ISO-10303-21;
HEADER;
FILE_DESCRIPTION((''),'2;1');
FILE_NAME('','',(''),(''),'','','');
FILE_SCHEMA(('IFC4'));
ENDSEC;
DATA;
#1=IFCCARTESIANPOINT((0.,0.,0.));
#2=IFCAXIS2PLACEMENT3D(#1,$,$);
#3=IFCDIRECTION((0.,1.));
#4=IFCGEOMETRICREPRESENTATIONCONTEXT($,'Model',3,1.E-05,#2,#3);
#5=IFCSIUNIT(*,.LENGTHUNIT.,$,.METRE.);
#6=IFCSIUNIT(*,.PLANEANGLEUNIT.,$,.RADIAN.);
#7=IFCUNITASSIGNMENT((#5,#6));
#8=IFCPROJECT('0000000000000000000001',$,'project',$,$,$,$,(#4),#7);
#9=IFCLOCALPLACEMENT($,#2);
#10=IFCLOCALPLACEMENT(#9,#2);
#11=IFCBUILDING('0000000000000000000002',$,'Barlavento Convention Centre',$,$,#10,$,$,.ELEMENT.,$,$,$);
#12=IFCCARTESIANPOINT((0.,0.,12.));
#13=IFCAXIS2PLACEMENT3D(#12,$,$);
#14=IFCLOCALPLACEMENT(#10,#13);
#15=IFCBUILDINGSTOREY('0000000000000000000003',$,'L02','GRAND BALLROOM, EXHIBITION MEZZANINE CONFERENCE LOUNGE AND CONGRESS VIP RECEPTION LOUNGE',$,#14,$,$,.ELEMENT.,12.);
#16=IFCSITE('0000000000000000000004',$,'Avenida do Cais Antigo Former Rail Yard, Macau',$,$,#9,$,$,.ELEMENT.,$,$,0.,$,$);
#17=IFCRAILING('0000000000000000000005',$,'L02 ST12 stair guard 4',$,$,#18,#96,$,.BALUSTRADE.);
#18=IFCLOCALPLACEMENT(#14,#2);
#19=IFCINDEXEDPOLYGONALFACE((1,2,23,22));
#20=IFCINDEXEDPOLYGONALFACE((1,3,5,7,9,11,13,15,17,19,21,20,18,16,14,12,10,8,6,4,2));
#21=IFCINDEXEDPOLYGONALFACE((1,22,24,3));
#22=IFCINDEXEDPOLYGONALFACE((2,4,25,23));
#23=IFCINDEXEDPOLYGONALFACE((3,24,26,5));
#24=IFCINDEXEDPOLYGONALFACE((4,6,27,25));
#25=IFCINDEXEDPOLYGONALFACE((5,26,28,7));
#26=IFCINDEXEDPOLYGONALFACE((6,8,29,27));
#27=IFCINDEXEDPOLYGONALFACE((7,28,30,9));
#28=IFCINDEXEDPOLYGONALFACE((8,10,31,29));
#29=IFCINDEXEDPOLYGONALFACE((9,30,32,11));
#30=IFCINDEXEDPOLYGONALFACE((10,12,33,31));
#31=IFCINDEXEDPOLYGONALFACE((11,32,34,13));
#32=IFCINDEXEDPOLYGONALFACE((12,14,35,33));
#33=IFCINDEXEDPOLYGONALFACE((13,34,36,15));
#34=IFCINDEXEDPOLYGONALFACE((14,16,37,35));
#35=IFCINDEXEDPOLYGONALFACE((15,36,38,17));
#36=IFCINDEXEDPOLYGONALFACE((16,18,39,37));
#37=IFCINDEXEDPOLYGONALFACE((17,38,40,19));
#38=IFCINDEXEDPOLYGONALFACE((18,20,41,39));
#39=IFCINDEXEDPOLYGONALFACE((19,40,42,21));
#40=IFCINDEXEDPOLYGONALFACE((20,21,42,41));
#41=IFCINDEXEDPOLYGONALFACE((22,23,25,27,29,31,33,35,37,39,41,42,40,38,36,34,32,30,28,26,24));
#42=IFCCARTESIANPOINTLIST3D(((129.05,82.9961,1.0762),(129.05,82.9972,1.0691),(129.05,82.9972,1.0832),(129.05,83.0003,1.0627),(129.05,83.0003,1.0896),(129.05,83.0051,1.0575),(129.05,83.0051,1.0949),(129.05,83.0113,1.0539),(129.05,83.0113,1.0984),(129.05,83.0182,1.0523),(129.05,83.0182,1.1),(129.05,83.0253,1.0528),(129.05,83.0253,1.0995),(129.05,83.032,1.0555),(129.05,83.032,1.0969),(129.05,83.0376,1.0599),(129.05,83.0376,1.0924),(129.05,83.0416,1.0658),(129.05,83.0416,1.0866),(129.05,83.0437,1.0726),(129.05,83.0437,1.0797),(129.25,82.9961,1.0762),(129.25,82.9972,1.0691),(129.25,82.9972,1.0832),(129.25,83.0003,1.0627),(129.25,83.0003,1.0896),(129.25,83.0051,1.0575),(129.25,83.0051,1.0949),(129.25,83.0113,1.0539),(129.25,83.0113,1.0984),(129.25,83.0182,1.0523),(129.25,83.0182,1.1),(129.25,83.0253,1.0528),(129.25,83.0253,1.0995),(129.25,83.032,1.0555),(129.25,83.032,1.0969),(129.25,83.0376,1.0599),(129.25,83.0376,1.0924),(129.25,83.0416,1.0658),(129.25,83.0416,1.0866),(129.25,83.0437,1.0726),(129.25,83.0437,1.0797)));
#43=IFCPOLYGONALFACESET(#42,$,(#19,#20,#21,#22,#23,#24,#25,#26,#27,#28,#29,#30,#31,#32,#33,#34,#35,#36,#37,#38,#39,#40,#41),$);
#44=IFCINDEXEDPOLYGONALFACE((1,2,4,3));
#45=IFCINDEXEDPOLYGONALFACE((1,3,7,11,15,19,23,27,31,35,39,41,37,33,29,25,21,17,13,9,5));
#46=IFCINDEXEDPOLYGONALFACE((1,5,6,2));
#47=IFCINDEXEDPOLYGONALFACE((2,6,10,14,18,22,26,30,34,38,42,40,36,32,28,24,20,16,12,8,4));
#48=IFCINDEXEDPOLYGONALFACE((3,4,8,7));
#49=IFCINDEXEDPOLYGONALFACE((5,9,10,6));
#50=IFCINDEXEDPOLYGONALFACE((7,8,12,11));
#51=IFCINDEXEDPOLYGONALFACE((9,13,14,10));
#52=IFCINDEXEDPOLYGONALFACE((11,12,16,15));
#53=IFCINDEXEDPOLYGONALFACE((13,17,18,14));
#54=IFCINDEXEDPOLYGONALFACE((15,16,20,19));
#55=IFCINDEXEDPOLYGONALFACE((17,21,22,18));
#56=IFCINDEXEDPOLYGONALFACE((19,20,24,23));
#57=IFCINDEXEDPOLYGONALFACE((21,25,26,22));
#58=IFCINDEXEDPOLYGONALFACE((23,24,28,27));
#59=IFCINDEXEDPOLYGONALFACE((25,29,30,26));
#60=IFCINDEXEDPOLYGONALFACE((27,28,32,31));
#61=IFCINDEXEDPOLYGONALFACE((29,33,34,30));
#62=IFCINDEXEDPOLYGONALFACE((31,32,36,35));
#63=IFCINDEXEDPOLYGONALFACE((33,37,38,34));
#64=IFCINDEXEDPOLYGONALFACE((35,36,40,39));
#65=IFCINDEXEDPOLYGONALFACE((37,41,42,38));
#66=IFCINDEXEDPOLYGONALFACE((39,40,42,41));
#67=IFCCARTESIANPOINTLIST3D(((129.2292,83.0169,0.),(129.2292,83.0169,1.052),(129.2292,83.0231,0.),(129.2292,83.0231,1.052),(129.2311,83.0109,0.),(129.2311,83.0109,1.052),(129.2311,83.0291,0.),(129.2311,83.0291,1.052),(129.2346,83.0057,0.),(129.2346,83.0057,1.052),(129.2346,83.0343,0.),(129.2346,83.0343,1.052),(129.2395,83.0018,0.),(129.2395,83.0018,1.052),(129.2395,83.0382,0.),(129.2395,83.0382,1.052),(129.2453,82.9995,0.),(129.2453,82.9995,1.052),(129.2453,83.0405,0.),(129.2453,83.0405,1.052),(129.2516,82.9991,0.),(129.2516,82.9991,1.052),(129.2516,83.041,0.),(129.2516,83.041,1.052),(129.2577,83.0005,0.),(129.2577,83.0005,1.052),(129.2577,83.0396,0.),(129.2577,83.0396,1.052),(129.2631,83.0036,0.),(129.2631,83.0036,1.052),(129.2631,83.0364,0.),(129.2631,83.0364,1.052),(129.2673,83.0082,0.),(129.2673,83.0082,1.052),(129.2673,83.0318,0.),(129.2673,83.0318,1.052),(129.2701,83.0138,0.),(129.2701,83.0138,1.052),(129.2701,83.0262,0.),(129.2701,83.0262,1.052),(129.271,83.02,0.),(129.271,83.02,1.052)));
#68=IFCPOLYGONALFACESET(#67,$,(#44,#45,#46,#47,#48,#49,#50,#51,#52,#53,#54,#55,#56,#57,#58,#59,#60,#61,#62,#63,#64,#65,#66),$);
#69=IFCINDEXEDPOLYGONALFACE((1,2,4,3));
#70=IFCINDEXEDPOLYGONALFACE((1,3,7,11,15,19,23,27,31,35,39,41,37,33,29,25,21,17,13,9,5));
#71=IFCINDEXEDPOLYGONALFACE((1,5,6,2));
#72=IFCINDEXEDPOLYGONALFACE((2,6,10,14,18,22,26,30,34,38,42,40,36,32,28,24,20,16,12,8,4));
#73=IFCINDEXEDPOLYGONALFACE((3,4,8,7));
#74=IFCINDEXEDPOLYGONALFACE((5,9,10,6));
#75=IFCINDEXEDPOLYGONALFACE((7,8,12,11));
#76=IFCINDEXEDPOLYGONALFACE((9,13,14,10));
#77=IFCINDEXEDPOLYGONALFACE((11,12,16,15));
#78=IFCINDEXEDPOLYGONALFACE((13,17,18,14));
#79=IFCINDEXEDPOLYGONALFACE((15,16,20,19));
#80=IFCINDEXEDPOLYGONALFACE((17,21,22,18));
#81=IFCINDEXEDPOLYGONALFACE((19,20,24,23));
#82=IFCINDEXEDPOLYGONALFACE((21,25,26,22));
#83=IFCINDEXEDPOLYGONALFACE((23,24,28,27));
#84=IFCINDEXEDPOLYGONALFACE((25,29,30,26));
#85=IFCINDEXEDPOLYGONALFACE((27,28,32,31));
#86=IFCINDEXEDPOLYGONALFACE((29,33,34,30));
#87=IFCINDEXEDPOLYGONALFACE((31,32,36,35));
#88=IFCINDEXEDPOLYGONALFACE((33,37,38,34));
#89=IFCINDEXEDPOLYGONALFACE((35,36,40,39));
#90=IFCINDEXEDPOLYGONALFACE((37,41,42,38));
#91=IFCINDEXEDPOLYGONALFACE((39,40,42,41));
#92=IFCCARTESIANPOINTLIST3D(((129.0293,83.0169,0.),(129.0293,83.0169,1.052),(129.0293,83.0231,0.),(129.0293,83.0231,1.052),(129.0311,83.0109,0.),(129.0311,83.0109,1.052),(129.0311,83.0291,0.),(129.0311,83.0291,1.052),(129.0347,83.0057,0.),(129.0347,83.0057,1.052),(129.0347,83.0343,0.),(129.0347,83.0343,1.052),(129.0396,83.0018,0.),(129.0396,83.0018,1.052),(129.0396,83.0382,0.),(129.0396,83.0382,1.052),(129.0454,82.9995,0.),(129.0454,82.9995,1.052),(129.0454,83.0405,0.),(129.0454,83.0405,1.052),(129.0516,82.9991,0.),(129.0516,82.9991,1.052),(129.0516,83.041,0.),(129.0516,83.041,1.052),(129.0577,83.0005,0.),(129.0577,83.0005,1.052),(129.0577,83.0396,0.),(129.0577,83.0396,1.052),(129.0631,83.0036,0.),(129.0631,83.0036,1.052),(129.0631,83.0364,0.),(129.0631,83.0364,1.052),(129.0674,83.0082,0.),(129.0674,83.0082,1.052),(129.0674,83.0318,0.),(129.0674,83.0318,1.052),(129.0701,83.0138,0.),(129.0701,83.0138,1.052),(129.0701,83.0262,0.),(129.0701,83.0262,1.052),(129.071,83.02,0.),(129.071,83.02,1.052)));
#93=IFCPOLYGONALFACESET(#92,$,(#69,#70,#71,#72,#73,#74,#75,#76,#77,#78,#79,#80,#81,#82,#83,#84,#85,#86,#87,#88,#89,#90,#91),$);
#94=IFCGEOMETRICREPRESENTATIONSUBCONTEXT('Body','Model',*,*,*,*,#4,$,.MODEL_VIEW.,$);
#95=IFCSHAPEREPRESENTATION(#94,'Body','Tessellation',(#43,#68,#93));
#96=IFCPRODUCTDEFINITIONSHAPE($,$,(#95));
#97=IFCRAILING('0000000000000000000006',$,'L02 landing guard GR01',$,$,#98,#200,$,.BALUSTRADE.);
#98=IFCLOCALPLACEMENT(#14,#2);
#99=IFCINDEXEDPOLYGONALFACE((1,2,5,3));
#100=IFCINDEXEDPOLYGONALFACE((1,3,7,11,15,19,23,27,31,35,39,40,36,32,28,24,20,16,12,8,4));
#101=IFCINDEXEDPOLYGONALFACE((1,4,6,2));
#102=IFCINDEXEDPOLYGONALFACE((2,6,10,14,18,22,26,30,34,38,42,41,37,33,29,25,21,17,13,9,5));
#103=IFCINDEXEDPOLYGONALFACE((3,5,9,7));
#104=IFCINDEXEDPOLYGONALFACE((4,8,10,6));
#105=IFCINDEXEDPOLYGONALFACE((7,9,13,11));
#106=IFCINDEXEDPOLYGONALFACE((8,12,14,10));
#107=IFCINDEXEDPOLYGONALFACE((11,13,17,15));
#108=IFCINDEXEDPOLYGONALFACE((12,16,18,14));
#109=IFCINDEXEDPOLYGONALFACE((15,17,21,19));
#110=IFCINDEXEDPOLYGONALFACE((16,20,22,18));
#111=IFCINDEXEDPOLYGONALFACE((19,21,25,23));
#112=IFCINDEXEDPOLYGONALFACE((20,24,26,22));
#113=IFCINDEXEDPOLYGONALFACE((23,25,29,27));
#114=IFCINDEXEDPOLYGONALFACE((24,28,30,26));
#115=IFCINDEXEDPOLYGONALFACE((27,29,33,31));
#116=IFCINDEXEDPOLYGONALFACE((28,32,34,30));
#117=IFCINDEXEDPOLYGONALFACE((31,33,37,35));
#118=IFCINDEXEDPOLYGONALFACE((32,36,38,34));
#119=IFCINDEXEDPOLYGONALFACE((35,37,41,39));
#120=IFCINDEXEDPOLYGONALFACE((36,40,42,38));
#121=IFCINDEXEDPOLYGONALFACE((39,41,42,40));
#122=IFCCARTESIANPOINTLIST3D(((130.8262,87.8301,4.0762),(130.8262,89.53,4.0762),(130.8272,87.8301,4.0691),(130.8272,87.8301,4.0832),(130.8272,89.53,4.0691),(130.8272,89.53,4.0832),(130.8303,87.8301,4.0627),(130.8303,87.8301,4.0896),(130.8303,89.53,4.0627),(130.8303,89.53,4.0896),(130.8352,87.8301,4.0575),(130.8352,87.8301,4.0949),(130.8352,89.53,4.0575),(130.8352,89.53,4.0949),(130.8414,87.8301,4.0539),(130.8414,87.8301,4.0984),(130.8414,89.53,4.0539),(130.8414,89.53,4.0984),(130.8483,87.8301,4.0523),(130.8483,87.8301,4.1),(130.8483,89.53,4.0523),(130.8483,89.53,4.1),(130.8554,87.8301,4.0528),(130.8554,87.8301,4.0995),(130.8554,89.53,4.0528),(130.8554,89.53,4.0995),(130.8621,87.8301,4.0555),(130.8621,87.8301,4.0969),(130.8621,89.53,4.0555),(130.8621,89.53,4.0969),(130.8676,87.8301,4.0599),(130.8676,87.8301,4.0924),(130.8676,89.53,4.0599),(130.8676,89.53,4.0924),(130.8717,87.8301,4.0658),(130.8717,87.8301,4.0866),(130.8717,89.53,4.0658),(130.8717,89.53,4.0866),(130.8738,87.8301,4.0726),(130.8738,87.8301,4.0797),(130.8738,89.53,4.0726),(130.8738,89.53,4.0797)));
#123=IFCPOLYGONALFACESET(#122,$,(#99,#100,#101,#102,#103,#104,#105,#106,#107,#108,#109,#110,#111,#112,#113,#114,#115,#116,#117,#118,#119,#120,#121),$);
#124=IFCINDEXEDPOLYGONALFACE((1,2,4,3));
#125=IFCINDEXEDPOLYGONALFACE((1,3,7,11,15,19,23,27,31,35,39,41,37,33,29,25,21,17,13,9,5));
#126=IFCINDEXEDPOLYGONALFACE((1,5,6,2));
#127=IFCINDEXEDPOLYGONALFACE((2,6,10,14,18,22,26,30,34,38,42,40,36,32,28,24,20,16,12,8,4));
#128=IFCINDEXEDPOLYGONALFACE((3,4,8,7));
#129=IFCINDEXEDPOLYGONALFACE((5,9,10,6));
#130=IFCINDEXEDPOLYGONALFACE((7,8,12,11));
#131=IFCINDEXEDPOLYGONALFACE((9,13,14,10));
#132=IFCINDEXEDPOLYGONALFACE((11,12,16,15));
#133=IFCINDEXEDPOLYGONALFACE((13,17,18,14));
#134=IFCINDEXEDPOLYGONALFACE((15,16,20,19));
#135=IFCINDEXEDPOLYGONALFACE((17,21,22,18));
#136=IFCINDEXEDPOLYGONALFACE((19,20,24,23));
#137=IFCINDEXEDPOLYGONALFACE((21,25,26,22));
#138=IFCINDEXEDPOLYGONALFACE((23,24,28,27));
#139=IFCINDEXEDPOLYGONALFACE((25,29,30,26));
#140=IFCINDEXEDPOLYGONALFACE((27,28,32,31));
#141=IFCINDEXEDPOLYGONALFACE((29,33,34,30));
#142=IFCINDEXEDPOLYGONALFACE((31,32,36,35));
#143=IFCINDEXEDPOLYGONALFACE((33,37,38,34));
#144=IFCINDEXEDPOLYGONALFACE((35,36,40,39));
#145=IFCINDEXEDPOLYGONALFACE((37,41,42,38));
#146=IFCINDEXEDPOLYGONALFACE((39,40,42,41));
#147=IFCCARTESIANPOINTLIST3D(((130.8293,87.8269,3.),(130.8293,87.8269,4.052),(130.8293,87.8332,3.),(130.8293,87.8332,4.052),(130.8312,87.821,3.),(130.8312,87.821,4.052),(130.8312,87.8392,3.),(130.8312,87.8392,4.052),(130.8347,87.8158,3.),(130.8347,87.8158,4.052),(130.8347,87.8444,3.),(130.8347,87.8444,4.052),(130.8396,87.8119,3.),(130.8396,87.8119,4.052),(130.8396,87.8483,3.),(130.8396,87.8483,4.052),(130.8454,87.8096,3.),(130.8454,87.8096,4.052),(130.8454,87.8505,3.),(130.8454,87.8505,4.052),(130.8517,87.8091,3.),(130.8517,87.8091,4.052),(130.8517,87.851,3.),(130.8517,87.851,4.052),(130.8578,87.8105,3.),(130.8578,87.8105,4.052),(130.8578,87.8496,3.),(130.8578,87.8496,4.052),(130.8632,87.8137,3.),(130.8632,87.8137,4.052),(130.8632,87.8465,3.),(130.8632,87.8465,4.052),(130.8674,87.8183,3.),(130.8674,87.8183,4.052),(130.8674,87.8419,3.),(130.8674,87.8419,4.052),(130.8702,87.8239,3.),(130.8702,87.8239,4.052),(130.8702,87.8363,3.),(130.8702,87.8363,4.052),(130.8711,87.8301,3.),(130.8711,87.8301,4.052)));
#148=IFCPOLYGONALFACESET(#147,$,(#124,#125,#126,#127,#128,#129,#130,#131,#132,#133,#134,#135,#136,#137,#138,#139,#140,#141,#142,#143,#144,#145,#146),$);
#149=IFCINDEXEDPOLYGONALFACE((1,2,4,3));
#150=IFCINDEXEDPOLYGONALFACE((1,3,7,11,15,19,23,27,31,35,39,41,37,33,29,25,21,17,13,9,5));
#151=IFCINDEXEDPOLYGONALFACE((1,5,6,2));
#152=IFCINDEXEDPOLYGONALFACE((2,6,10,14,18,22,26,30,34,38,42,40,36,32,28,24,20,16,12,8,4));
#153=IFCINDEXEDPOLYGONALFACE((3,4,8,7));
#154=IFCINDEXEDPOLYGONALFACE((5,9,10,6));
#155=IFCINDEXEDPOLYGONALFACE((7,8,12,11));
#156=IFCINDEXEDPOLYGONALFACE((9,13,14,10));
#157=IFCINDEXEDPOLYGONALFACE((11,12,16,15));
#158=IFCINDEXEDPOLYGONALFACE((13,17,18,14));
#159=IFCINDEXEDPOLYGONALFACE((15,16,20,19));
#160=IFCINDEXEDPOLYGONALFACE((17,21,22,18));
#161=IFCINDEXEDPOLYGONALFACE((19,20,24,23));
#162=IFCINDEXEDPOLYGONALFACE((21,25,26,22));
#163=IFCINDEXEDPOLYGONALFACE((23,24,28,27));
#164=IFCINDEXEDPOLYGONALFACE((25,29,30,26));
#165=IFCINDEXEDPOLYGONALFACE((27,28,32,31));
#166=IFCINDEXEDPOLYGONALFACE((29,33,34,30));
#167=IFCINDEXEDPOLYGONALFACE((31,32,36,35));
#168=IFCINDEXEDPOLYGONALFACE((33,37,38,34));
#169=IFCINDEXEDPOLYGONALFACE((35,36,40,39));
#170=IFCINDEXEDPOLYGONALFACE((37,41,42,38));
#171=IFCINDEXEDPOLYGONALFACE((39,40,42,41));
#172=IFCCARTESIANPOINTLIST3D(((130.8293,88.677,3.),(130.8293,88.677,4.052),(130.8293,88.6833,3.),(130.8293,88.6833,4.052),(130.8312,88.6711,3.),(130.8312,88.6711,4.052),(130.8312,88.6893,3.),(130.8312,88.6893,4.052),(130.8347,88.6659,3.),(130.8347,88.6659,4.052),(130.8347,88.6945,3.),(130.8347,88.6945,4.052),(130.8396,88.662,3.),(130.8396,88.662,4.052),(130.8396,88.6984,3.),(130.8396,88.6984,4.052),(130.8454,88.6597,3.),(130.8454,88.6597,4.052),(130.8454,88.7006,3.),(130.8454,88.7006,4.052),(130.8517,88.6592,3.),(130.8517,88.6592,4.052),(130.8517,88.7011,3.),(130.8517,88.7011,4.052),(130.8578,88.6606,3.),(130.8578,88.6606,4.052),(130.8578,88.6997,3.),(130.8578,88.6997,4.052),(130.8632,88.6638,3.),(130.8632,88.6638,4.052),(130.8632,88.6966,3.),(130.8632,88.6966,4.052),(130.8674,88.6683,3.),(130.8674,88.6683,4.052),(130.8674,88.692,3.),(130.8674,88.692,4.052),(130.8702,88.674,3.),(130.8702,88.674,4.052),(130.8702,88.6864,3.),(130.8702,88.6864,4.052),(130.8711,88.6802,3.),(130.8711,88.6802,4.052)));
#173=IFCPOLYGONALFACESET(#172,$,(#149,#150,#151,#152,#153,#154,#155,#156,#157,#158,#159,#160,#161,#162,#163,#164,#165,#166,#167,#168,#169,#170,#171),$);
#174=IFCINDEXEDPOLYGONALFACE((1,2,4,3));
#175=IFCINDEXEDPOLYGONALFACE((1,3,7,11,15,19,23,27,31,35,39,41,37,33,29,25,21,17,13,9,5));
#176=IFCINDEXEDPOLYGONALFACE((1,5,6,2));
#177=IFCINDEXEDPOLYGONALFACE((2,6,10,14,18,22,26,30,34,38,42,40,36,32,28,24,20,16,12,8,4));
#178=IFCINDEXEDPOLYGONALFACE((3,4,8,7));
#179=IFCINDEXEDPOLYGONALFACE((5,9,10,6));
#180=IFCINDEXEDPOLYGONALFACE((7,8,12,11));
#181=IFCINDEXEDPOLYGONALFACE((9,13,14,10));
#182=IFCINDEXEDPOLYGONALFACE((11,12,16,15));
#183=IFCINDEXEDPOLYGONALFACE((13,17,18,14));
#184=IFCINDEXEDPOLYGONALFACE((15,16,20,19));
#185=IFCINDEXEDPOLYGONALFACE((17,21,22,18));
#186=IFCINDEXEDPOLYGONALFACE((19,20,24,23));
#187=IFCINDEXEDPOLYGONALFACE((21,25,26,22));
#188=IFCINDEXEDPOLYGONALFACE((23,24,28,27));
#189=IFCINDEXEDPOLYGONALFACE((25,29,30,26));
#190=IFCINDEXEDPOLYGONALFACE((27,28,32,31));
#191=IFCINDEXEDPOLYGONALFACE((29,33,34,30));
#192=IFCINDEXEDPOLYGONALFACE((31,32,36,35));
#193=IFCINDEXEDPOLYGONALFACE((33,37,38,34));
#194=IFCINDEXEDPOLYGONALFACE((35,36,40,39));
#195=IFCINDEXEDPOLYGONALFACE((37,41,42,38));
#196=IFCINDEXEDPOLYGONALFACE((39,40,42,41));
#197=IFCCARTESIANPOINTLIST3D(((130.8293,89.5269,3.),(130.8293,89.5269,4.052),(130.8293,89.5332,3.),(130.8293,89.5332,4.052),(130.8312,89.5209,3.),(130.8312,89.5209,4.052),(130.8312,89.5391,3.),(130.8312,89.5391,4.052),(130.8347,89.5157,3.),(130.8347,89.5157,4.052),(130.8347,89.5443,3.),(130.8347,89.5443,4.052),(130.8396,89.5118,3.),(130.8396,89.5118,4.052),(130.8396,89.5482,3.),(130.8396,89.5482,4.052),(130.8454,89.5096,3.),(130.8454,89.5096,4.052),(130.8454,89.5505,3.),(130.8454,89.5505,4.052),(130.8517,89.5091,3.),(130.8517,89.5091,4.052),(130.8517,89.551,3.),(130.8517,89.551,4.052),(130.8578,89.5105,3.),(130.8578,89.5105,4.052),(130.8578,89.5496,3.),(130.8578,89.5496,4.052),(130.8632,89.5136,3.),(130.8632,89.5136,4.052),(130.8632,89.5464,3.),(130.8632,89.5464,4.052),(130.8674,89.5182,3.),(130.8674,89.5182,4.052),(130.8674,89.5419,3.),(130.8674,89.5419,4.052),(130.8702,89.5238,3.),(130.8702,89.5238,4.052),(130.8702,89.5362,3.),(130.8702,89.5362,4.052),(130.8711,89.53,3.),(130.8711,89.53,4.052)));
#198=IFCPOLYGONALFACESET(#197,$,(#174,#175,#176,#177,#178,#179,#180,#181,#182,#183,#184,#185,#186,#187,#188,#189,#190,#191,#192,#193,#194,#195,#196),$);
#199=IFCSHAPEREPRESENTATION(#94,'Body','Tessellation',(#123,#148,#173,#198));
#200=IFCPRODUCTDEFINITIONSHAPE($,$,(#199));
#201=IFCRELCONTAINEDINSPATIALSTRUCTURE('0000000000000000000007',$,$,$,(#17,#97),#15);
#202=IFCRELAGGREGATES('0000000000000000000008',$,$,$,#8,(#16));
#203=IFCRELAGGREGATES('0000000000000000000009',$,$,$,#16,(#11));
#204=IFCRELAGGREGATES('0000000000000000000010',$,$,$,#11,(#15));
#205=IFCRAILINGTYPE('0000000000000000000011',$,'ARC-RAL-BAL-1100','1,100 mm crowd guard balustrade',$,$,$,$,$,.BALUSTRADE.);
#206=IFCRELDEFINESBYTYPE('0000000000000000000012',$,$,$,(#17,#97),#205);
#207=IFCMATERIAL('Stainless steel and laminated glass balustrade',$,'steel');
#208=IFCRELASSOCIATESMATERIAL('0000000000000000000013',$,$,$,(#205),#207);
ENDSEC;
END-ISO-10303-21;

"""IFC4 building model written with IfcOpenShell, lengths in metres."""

from ifc_helpers import new_model, si_unit, direction, frame, origin, origin_2d, place, context, subcontext, project, spatial, circle, extrude, material, type_object, element, save


model = new_model("IFC4")

# Units and contexts
model_context = context("Model", 3, precision=1e-05, world=origin(), true_north=direction((0.0, 1.0)))
body_context = subcontext(model_context, "Body", "Model", "MODEL_VIEW")
ifc_project = project(units=[si_unit("LENGTHUNIT", "METRE"), si_unit("PLANEANGLEUNIT", "RADIAN")], contexts=[model_context])

# Site, building, storey
site_placement = place(None, origin())
site = spatial("IfcSite", under=ifc_project, at=site_placement, Name="Avenida do Cais Antigo Former Rail Yard, Macau", CompositionType="ELEMENT", RefElevation=0.0)
building_placement = place(site_placement, origin())
building = spatial("IfcBuilding", under=site, at=building_placement, Name="Barlavento Convention Centre", CompositionType="ELEMENT")
storey_placement = place(building_placement, frame((0.0, 0.0, 12.0)))
storey = spatial("IfcBuildingStorey", under=building, at=storey_placement, Name="L02", Description="GRAND BALLROOM, EXHIBITION MEZZANINE CONFERENCE LOUNGE AND CONGRESS VIP RECEPTION LOUNGE", CompositionType="ELEMENT", Elevation=12.0)

# Railings
ifc_material_1 = material(Name="Stainless steel and laminated glass balustrade", Category="steel")
railing_type_1 = type_object("IfcRailingType", Name="ARC-RAL-BAL-1100", Description="1,100 mm crowd guard balustrade", PredefinedType="BALUSTRADE", material=ifc_material_1)
railing_1_placement = place(storey_placement, frame((129.25, 83.02, 0.0)))
element("IfcRailing", 1, at=railing_1_placement, inside=storey, type_object=railing_type_1, Name="L02 ST12 stair guard 4", PredefinedType="BALUSTRADE", context=body_context, shape_type="SweptSolid", body=[
    extrude(circle(Radius=0.0239, at=origin_2d()), frame((0.0, 0.0, 1.0762), z_axis=(-1.0, 0.0, 0.0), x_axis=(0.0, -1.0, 0.0)), (0.0, 0.0, 1.0), 0.2),
    extrude(circle(Radius=0.021, at=origin_2d()), origin(), (0.0, 0.0, 1.0), 1.052),
    extrude(circle(Radius=0.021, at=origin_2d()), frame((-0.2, 0.0, 0.0)), (0.0, 0.0, 1.0), 1.052),
])
for number, where, name in (
    (2, (130.8501, 87.8301, 3.0), "L02 landing guard GR01"),
):
    element("IfcRailing", number, at=place(storey_placement, frame(where)), inside=storey, type_object=railing_type_1, Name=name, PredefinedType="BALUSTRADE", context=body_context, shape_type="SweptSolid", body=[
        extrude(circle(Radius=0.0239, at=origin_2d()), frame((0.0, 0.0, 1.0762), z_axis=(0.0, 1.0, 0.0), x_axis=(-1.0, 0.0, 0.0)), (0.0, 0.0, 1.0), 1.7),
        extrude(circle(Radius=0.021, at=origin_2d()), origin(), (0.0, 0.0, 1.0), 1.052),
        extrude(circle(Radius=0.021, at=origin_2d()), frame((0.0, 0.8501, 0.0)), (0.0, 0.0, 1.0), 1.052),
        extrude(circle(Radius=0.021, at=origin_2d()), frame((0.0, 1.7, 0.0)), (0.0, 0.0, 1.0), 1.052),
    ])

save(model, "model.ifc")
